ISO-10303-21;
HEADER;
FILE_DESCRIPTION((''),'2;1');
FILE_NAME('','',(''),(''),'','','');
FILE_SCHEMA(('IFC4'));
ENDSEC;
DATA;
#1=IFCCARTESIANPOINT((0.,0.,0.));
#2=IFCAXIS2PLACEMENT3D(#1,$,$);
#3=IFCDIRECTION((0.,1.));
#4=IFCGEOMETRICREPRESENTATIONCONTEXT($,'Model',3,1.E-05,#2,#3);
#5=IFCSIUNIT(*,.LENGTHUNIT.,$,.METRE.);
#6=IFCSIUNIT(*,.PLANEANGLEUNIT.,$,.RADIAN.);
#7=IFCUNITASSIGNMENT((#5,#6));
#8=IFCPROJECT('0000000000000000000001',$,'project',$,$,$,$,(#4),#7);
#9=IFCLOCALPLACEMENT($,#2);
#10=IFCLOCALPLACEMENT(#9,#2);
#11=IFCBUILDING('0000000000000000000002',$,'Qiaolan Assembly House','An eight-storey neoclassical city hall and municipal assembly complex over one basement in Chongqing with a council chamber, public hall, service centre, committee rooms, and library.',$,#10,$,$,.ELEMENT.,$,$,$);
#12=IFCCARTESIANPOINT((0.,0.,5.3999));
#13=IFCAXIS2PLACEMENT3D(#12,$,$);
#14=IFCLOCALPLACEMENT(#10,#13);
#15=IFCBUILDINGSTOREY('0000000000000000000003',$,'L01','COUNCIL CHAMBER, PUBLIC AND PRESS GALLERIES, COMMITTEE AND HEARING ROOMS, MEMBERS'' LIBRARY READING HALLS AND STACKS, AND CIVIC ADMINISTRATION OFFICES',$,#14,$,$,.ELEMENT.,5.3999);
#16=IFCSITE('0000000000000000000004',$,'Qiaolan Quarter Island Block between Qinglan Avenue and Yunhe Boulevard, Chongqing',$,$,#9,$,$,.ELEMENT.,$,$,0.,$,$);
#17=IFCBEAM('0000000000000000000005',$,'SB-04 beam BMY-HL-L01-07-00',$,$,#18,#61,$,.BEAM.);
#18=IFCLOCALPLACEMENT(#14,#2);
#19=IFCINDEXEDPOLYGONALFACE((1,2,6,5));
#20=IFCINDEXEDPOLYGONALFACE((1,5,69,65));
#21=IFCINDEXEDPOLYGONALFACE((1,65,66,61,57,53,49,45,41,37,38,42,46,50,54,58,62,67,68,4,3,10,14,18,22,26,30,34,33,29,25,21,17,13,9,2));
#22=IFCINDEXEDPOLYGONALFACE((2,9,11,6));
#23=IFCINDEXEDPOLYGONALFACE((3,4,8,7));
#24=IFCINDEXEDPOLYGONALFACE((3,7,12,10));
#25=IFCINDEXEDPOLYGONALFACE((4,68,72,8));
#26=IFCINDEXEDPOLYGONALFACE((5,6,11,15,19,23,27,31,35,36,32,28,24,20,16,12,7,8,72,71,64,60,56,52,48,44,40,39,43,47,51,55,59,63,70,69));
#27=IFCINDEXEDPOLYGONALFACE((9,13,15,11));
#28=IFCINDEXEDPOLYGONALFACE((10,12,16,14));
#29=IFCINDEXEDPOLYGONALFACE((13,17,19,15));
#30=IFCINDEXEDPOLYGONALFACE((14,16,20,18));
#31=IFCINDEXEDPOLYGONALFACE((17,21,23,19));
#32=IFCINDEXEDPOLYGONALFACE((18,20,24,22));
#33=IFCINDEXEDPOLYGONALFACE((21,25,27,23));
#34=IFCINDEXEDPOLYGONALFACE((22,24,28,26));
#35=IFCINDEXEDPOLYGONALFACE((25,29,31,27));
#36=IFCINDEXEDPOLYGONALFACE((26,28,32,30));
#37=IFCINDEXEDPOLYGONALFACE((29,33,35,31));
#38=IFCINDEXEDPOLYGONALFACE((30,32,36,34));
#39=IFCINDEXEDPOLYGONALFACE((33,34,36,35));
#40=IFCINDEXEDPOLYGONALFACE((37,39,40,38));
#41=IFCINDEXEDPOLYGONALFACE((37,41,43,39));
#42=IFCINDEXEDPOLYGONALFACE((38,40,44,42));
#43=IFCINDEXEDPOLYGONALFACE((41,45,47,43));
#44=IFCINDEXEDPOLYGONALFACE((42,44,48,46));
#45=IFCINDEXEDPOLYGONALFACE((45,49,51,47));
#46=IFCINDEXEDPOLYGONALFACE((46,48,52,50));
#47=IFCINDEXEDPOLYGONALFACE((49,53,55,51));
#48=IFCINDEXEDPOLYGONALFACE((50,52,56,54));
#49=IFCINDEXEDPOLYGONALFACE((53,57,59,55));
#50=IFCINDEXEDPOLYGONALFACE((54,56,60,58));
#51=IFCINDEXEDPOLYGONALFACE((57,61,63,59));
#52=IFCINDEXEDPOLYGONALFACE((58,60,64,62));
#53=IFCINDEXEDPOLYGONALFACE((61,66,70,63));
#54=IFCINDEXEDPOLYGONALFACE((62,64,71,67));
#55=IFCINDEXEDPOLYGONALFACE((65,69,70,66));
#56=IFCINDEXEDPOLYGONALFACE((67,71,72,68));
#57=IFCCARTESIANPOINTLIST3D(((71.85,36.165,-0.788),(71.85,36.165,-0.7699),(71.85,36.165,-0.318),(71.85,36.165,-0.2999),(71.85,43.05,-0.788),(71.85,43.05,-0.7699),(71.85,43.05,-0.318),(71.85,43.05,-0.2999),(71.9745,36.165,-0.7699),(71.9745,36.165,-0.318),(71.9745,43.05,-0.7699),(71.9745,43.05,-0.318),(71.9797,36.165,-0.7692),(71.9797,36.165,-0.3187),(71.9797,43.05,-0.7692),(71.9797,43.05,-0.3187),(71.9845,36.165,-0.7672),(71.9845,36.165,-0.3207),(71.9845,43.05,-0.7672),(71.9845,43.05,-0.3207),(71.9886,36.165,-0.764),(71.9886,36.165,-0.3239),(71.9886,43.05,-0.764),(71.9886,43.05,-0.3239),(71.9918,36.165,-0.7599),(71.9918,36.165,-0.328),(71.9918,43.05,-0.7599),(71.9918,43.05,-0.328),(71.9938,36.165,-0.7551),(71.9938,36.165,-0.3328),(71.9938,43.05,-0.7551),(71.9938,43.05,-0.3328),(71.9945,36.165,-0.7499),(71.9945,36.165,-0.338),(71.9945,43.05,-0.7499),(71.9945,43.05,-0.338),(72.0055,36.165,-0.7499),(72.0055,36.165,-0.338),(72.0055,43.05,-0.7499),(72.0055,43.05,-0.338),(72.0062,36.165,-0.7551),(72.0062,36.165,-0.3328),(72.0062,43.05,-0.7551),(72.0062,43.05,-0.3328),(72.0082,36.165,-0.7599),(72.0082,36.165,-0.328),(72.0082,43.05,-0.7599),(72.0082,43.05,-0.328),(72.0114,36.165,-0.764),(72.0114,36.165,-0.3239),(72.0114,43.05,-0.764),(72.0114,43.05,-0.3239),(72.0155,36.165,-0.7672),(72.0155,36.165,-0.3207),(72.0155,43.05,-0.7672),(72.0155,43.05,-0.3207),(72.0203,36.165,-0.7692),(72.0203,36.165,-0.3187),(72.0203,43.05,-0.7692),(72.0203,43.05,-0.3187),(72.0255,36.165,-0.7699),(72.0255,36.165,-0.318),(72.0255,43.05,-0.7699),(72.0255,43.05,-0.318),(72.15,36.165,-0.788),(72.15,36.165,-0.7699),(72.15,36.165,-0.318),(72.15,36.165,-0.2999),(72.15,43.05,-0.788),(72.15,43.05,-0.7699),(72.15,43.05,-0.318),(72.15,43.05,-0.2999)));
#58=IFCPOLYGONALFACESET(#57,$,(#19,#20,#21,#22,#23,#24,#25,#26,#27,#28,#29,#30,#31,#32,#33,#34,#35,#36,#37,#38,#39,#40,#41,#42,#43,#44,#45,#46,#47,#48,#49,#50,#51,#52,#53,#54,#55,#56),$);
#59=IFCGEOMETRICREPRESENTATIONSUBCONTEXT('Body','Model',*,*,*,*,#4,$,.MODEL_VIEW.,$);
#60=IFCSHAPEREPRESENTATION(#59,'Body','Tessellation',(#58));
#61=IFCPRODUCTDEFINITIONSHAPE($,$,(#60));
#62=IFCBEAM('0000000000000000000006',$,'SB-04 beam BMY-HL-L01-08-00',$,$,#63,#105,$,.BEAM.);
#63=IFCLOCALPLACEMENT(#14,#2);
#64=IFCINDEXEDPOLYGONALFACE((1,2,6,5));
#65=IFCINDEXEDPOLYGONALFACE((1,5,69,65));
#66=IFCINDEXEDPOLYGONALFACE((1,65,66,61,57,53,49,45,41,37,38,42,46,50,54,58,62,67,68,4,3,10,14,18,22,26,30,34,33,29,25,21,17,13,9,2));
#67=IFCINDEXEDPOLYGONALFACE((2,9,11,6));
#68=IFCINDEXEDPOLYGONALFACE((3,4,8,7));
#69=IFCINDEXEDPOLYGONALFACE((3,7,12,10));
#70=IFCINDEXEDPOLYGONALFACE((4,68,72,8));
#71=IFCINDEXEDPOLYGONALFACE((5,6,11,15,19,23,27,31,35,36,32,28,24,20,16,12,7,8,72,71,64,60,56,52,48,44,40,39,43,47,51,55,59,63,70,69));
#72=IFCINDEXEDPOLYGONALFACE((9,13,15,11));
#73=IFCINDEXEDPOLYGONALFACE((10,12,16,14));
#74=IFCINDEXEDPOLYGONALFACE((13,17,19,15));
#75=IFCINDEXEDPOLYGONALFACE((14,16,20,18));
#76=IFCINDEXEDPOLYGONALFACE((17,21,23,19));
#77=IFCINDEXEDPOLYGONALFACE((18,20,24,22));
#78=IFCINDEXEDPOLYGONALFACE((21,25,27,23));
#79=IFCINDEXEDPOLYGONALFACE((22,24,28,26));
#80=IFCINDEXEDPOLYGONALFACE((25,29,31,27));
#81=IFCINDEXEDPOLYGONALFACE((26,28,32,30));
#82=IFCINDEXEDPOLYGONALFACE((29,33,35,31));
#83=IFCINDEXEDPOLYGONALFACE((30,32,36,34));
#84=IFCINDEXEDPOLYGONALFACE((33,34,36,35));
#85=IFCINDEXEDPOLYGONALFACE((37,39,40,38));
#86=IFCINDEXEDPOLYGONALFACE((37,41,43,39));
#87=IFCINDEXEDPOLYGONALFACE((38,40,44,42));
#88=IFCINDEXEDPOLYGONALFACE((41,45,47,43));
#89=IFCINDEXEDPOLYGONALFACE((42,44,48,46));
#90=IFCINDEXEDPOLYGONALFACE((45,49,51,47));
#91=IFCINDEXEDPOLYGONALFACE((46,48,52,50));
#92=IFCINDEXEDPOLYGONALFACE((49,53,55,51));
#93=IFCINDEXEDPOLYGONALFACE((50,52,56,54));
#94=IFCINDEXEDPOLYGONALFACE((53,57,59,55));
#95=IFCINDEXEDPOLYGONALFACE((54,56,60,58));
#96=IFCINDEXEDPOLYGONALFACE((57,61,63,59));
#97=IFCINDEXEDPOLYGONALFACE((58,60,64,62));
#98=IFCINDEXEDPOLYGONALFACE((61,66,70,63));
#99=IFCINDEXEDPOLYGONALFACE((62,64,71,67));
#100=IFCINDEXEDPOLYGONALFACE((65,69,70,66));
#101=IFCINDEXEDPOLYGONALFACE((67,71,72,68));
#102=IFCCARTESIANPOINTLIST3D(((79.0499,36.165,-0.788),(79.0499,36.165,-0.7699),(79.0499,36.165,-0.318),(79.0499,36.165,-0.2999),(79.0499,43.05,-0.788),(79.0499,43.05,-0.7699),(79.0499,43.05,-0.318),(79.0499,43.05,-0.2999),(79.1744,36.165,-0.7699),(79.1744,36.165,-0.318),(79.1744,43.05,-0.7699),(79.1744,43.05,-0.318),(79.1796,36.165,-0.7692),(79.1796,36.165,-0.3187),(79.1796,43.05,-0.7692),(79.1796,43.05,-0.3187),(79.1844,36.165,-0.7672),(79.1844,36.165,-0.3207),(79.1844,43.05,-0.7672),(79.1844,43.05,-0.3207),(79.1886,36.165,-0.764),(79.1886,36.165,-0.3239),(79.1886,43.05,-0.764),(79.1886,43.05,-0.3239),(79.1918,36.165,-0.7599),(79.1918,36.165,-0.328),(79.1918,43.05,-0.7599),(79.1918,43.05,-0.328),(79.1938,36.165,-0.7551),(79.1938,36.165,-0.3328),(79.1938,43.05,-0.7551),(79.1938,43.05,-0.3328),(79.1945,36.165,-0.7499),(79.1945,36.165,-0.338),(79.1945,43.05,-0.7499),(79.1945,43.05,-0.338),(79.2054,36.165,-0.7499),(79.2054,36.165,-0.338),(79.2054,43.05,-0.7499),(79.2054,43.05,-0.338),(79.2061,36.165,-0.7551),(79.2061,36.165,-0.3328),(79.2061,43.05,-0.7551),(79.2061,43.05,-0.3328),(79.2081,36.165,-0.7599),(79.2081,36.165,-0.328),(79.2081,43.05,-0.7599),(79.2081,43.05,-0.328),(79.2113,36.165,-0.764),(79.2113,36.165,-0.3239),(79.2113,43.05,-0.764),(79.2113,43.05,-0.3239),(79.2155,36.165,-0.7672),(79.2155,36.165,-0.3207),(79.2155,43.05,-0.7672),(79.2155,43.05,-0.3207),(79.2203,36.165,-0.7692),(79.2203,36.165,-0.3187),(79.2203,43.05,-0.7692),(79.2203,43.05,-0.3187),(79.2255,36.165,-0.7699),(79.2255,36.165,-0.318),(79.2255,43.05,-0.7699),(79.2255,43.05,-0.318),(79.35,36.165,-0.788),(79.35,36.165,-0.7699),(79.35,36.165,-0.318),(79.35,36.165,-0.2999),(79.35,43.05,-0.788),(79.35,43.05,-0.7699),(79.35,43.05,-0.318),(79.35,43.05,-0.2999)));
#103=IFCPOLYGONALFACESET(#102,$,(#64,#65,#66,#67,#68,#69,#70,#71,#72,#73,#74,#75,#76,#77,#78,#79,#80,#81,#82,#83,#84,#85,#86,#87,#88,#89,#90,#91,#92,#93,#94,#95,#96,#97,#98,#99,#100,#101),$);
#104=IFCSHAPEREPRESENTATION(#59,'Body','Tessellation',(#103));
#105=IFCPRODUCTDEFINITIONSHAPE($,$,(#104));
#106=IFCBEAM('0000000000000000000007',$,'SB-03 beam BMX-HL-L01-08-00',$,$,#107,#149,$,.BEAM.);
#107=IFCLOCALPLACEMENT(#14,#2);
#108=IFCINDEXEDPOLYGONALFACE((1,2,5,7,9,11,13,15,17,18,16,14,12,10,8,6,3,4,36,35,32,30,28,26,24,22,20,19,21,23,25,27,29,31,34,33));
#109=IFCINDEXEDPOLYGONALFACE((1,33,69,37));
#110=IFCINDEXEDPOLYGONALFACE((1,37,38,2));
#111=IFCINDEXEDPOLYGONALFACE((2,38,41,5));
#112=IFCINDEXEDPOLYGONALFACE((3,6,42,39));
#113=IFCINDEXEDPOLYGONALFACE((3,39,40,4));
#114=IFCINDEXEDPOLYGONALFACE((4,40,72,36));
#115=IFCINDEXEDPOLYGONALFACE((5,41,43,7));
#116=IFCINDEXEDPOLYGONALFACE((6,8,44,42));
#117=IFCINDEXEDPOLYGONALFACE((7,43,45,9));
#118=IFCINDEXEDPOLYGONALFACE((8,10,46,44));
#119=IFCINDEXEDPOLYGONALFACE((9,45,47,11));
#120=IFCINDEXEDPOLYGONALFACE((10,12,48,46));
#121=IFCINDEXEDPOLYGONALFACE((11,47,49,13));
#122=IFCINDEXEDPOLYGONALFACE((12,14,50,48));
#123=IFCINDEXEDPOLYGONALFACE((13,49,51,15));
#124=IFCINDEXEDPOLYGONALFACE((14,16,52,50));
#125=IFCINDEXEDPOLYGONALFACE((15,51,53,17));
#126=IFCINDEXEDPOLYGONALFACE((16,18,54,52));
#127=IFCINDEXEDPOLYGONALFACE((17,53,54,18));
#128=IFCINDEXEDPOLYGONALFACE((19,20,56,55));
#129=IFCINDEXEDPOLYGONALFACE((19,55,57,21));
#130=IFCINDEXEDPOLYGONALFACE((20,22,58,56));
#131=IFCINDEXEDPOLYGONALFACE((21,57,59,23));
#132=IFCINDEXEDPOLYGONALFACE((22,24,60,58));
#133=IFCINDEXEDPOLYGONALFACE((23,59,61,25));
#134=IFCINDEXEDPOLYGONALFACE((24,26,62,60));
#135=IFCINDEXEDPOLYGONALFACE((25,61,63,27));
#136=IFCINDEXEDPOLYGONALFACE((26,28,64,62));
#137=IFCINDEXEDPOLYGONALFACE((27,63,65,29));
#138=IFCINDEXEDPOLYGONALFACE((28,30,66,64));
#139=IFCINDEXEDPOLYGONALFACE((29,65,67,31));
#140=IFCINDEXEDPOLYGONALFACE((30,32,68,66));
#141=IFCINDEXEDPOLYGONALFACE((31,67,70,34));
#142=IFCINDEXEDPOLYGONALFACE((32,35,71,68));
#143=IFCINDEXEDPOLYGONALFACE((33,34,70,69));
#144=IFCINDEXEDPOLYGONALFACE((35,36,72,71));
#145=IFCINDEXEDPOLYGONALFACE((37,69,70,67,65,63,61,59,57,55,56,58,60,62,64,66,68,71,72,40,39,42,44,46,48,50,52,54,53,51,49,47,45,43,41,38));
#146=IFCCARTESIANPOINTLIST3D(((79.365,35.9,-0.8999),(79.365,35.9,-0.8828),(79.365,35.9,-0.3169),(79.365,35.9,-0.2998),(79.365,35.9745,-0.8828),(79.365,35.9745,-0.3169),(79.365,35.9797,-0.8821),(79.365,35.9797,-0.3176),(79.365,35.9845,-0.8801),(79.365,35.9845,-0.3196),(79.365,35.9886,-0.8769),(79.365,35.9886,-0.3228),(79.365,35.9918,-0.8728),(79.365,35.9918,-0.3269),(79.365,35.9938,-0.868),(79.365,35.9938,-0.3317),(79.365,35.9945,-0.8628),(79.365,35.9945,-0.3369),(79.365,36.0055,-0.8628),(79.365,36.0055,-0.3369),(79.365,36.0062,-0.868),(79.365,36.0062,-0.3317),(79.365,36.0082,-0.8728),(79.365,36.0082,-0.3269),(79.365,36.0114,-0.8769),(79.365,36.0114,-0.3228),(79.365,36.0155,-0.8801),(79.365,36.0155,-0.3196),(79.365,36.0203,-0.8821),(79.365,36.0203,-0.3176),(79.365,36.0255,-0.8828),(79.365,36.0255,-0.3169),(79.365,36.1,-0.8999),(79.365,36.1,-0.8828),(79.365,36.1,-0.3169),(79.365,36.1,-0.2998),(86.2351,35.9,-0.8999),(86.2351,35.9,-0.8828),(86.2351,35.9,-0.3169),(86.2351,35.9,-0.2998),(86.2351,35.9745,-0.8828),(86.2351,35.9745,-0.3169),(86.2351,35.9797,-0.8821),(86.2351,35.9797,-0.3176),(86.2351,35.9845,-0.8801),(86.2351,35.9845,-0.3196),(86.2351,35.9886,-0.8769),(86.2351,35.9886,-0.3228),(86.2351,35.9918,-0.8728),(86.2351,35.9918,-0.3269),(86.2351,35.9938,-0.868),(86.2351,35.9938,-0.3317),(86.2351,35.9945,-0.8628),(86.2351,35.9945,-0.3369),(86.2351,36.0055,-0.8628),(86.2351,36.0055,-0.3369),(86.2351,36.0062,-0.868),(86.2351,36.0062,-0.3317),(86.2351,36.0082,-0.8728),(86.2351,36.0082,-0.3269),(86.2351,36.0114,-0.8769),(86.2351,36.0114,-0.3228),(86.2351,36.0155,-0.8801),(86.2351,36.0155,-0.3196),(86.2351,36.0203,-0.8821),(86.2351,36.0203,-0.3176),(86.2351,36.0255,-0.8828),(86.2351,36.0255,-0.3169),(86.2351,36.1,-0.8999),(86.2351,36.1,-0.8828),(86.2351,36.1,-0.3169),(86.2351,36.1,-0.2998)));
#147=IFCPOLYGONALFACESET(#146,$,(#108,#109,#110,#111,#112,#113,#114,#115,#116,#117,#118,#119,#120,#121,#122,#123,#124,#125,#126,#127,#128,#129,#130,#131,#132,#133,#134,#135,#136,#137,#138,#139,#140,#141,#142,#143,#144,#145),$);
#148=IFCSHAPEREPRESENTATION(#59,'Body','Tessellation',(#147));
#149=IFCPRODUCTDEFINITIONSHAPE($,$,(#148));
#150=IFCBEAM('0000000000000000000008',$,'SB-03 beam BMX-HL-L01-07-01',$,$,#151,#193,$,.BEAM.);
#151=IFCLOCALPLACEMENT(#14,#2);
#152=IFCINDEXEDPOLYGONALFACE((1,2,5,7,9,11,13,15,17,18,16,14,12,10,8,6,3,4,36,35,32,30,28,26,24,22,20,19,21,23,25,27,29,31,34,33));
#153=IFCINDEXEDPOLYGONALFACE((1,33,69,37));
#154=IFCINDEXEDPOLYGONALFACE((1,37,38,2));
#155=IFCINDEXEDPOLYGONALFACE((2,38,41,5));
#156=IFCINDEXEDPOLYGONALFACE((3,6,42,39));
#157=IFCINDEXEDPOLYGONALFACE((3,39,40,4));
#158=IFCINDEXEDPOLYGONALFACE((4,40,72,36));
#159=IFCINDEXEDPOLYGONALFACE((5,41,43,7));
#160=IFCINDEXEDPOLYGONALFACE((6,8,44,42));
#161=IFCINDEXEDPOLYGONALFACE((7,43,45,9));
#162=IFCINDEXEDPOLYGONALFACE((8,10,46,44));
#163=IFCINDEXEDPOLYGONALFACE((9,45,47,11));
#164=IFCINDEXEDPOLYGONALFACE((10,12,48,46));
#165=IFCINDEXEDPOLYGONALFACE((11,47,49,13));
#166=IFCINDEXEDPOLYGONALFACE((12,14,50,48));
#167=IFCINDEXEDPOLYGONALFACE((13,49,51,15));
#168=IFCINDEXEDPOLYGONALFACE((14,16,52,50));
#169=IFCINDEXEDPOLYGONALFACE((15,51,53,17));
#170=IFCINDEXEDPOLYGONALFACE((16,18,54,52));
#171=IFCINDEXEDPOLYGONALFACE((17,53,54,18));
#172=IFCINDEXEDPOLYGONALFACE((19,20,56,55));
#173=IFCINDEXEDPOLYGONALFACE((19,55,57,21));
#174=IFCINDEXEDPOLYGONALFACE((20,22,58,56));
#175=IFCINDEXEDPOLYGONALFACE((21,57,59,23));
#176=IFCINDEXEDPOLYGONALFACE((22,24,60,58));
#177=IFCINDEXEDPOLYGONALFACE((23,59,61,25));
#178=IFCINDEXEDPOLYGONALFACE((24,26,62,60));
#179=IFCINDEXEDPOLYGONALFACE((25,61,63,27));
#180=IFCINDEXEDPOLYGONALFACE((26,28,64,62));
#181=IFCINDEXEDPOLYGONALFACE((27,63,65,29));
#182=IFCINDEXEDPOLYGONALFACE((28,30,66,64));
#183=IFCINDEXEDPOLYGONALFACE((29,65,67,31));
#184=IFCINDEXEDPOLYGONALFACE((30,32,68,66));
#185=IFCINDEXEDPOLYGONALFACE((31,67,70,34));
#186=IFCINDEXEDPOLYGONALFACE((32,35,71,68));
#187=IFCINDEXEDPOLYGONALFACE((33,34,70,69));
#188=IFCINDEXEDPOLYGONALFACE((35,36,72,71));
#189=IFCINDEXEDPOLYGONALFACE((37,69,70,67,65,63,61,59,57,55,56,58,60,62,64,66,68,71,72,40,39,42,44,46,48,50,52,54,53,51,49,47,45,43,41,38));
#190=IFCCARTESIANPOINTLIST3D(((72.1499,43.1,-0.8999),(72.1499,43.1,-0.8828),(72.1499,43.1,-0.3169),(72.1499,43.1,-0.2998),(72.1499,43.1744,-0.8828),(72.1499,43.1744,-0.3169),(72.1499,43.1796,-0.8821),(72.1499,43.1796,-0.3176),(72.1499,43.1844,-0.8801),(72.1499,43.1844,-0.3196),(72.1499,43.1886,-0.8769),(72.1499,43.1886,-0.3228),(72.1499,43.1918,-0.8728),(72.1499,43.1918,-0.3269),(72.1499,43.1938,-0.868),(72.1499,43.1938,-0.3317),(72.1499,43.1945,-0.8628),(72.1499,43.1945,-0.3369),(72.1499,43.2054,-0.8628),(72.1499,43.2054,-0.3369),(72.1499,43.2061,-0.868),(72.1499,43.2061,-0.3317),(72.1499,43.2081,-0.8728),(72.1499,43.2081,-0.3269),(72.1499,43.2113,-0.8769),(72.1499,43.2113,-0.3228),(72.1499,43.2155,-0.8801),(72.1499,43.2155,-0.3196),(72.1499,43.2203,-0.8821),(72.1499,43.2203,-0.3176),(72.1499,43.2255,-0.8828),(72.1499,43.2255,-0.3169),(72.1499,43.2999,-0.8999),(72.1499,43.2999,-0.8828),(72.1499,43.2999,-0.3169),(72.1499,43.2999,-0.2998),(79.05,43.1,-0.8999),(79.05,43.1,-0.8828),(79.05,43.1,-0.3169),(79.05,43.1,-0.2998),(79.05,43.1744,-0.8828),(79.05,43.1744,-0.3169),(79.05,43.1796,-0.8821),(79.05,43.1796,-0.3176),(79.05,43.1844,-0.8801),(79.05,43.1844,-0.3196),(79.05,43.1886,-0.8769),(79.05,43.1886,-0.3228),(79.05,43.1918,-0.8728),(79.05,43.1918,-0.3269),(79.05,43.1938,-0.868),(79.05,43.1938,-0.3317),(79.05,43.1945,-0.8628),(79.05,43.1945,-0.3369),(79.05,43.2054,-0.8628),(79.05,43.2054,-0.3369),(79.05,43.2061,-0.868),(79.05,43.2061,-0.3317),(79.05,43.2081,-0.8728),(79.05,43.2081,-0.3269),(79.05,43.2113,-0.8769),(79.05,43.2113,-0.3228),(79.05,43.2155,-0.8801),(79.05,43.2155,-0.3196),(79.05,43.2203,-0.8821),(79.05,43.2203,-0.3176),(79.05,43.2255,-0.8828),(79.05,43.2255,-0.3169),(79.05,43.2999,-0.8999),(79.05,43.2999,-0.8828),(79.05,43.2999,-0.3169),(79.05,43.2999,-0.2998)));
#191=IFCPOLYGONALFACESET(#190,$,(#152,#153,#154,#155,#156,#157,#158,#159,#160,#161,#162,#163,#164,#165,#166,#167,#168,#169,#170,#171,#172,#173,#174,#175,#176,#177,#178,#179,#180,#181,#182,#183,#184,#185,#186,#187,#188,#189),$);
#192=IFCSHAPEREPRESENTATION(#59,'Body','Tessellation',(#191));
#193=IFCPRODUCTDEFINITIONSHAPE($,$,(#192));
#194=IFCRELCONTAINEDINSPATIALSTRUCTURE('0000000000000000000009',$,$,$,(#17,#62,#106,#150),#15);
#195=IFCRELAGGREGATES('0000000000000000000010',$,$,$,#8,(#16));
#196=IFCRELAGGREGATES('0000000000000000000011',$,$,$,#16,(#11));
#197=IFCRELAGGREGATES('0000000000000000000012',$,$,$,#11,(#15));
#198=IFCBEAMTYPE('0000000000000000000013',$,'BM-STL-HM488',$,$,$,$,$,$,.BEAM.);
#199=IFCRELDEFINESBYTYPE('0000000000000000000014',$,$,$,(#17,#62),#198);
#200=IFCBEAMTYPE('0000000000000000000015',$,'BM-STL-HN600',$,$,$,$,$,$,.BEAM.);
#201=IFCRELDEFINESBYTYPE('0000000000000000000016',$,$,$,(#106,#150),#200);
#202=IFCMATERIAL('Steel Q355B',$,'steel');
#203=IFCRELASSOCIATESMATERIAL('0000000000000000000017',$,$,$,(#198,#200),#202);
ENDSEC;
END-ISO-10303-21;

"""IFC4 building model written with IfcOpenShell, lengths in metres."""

from ifc_helpers import new_model, si_unit, direction, frame, origin, origin_2d, place, context, subcontext, project, spatial, i_section, extrude, material, material_profile, profile_set, type_object, element, save


model = new_model("IFC4")

# Units and contexts
model_context = context("Model", 3, precision=1e-05, world=origin(), true_north=direction((0.0, 1.0)))
body_context = subcontext(model_context, "Body", "Model", "MODEL_VIEW")
ifc_project = project(units=[si_unit("LENGTHUNIT", "METRE"), si_unit("PLANEANGLEUNIT", "RADIAN")], contexts=[model_context])

# Site, building, storey
site_placement = place(None, origin())
site = spatial("IfcSite", under=ifc_project, at=site_placement, Name="Qiaolan Quarter Island Block between Qinglan Avenue and Yunhe Boulevard, Chongqing", CompositionType="ELEMENT", RefElevation=0.0)
building_placement = place(site_placement, origin())
building = spatial("IfcBuilding", under=site, at=building_placement, Name="Qiaolan Assembly House", Description="An eight-storey neoclassical city hall and municipal assembly complex over one basement in Chongqing with a council chamber, public hall, service centre, committee rooms, and library.", CompositionType="ELEMENT")
storey_placement = place(building_placement, frame((0.0, 0.0, 5.3999)))
storey = spatial("IfcBuildingStorey", under=building, at=storey_placement, Name="L01", Description="COUNCIL CHAMBER, PUBLIC AND PRESS GALLERIES, COMMITTEE AND HEARING ROOMS, MEMBERS' LIBRARY READING HALLS AND STACKS, AND CIVIC ADMINISTRATION OFFICES", CompositionType="ELEMENT", Elevation=5.3999)

# Shared definitions
ifc_material_1 = material(Name="Steel Q355B", Category="steel")

# Beams
ifc_material_profile_1 = material_profile(ifc_material_1, i_section(OverallWidth=0.3, OverallDepth=0.488, WebThickness=0.011, FlangeThickness=0.0181, FilletRadius=0.02, at=origin_2d()), Name="HM 488x300x11x18")
ifc_profile_set_1 = profile_set([ifc_material_profile_1], Name="Steel Q355B")
beam_type_1 = type_object("IfcBeamType", Name="BM-STL-HM488", PredefinedType="BEAM", material=ifc_profile_set_1)
for number, where, z_axis, x_axis, name in (
    (1, (72.0, 36.165, -0.5439), (0.0, 1.0, 0.0), (-1.0, 0.0, 0.0), "SB-04 beam BMY-HL-L01-07-00"),
    (2, (79.2, 36.165, -0.5439), (0.0, 1.0, 0.0), (-1.0, 0.0, 0.0), "SB-04 beam BMY-HL-L01-08-00"),
):
    element("IfcBeam", number, at=place(storey_placement, frame(where, z_axis=z_axis, x_axis=x_axis)), inside=storey, type_object=beam_type_1, Name=name, PredefinedType="BEAM", context=body_context, shape_type="SweptSolid", body=[
        extrude(i_section(OverallWidth=0.3, OverallDepth=0.488, WebThickness=0.011, FlangeThickness=0.0181, FilletRadius=0.02, at=origin_2d()), origin(), (0.0, 0.0, 1.0), 6.885),
    ])
ifc_material_profile_2 = material_profile(ifc_material_1, i_section(OverallWidth=0.2, OverallDepth=0.6001, WebThickness=0.011, FlangeThickness=0.0171, FilletRadius=0.02, at=origin_2d()), Name="HN 600x200x11x17")
ifc_profile_set_2 = profile_set([ifc_material_profile_2], Name="Steel Q355B")
beam_type_2 = type_object("IfcBeamType", Name="BM-STL-HN600", PredefinedType="BEAM", material=ifc_profile_set_2)
beam_1_placement = place(storey_placement, frame((79.365, 36.0, -0.5999), z_axis=(1.0, 0.0, 0.0), x_axis=(0.0, 1.0, 0.0)))
element("IfcBeam", 3, at=beam_1_placement, inside=storey, type_object=beam_type_2, Name="SB-03 beam BMX-HL-L01-08-00", PredefinedType="BEAM", context=body_context, shape_type="SweptSolid", body=[
    extrude(i_section(OverallWidth=0.2, OverallDepth=0.6001, WebThickness=0.011, FlangeThickness=0.0171, FilletRadius=0.02, at=origin_2d()), origin(), (0.0, 0.0, 1.0), 6.8701),
])
beam_2_placement = place(storey_placement, frame((72.1499, 43.2, -0.5999), z_axis=(1.0, 0.0, 0.0), x_axis=(0.0, 1.0, 0.0)))
element("IfcBeam", 4, at=beam_2_placement, inside=storey, type_object=beam_type_2, Name="SB-03 beam BMX-HL-L01-07-01", PredefinedType="BEAM", context=body_context, shape_type="SweptSolid", body=[
    extrude(i_section(OverallWidth=0.2, OverallDepth=0.6001, WebThickness=0.011, FlangeThickness=0.0171, FilletRadius=0.02, at=origin_2d()), origin(), (0.0, 0.0, 1.0), 6.9001),
])

save(model, "model.ifc")
